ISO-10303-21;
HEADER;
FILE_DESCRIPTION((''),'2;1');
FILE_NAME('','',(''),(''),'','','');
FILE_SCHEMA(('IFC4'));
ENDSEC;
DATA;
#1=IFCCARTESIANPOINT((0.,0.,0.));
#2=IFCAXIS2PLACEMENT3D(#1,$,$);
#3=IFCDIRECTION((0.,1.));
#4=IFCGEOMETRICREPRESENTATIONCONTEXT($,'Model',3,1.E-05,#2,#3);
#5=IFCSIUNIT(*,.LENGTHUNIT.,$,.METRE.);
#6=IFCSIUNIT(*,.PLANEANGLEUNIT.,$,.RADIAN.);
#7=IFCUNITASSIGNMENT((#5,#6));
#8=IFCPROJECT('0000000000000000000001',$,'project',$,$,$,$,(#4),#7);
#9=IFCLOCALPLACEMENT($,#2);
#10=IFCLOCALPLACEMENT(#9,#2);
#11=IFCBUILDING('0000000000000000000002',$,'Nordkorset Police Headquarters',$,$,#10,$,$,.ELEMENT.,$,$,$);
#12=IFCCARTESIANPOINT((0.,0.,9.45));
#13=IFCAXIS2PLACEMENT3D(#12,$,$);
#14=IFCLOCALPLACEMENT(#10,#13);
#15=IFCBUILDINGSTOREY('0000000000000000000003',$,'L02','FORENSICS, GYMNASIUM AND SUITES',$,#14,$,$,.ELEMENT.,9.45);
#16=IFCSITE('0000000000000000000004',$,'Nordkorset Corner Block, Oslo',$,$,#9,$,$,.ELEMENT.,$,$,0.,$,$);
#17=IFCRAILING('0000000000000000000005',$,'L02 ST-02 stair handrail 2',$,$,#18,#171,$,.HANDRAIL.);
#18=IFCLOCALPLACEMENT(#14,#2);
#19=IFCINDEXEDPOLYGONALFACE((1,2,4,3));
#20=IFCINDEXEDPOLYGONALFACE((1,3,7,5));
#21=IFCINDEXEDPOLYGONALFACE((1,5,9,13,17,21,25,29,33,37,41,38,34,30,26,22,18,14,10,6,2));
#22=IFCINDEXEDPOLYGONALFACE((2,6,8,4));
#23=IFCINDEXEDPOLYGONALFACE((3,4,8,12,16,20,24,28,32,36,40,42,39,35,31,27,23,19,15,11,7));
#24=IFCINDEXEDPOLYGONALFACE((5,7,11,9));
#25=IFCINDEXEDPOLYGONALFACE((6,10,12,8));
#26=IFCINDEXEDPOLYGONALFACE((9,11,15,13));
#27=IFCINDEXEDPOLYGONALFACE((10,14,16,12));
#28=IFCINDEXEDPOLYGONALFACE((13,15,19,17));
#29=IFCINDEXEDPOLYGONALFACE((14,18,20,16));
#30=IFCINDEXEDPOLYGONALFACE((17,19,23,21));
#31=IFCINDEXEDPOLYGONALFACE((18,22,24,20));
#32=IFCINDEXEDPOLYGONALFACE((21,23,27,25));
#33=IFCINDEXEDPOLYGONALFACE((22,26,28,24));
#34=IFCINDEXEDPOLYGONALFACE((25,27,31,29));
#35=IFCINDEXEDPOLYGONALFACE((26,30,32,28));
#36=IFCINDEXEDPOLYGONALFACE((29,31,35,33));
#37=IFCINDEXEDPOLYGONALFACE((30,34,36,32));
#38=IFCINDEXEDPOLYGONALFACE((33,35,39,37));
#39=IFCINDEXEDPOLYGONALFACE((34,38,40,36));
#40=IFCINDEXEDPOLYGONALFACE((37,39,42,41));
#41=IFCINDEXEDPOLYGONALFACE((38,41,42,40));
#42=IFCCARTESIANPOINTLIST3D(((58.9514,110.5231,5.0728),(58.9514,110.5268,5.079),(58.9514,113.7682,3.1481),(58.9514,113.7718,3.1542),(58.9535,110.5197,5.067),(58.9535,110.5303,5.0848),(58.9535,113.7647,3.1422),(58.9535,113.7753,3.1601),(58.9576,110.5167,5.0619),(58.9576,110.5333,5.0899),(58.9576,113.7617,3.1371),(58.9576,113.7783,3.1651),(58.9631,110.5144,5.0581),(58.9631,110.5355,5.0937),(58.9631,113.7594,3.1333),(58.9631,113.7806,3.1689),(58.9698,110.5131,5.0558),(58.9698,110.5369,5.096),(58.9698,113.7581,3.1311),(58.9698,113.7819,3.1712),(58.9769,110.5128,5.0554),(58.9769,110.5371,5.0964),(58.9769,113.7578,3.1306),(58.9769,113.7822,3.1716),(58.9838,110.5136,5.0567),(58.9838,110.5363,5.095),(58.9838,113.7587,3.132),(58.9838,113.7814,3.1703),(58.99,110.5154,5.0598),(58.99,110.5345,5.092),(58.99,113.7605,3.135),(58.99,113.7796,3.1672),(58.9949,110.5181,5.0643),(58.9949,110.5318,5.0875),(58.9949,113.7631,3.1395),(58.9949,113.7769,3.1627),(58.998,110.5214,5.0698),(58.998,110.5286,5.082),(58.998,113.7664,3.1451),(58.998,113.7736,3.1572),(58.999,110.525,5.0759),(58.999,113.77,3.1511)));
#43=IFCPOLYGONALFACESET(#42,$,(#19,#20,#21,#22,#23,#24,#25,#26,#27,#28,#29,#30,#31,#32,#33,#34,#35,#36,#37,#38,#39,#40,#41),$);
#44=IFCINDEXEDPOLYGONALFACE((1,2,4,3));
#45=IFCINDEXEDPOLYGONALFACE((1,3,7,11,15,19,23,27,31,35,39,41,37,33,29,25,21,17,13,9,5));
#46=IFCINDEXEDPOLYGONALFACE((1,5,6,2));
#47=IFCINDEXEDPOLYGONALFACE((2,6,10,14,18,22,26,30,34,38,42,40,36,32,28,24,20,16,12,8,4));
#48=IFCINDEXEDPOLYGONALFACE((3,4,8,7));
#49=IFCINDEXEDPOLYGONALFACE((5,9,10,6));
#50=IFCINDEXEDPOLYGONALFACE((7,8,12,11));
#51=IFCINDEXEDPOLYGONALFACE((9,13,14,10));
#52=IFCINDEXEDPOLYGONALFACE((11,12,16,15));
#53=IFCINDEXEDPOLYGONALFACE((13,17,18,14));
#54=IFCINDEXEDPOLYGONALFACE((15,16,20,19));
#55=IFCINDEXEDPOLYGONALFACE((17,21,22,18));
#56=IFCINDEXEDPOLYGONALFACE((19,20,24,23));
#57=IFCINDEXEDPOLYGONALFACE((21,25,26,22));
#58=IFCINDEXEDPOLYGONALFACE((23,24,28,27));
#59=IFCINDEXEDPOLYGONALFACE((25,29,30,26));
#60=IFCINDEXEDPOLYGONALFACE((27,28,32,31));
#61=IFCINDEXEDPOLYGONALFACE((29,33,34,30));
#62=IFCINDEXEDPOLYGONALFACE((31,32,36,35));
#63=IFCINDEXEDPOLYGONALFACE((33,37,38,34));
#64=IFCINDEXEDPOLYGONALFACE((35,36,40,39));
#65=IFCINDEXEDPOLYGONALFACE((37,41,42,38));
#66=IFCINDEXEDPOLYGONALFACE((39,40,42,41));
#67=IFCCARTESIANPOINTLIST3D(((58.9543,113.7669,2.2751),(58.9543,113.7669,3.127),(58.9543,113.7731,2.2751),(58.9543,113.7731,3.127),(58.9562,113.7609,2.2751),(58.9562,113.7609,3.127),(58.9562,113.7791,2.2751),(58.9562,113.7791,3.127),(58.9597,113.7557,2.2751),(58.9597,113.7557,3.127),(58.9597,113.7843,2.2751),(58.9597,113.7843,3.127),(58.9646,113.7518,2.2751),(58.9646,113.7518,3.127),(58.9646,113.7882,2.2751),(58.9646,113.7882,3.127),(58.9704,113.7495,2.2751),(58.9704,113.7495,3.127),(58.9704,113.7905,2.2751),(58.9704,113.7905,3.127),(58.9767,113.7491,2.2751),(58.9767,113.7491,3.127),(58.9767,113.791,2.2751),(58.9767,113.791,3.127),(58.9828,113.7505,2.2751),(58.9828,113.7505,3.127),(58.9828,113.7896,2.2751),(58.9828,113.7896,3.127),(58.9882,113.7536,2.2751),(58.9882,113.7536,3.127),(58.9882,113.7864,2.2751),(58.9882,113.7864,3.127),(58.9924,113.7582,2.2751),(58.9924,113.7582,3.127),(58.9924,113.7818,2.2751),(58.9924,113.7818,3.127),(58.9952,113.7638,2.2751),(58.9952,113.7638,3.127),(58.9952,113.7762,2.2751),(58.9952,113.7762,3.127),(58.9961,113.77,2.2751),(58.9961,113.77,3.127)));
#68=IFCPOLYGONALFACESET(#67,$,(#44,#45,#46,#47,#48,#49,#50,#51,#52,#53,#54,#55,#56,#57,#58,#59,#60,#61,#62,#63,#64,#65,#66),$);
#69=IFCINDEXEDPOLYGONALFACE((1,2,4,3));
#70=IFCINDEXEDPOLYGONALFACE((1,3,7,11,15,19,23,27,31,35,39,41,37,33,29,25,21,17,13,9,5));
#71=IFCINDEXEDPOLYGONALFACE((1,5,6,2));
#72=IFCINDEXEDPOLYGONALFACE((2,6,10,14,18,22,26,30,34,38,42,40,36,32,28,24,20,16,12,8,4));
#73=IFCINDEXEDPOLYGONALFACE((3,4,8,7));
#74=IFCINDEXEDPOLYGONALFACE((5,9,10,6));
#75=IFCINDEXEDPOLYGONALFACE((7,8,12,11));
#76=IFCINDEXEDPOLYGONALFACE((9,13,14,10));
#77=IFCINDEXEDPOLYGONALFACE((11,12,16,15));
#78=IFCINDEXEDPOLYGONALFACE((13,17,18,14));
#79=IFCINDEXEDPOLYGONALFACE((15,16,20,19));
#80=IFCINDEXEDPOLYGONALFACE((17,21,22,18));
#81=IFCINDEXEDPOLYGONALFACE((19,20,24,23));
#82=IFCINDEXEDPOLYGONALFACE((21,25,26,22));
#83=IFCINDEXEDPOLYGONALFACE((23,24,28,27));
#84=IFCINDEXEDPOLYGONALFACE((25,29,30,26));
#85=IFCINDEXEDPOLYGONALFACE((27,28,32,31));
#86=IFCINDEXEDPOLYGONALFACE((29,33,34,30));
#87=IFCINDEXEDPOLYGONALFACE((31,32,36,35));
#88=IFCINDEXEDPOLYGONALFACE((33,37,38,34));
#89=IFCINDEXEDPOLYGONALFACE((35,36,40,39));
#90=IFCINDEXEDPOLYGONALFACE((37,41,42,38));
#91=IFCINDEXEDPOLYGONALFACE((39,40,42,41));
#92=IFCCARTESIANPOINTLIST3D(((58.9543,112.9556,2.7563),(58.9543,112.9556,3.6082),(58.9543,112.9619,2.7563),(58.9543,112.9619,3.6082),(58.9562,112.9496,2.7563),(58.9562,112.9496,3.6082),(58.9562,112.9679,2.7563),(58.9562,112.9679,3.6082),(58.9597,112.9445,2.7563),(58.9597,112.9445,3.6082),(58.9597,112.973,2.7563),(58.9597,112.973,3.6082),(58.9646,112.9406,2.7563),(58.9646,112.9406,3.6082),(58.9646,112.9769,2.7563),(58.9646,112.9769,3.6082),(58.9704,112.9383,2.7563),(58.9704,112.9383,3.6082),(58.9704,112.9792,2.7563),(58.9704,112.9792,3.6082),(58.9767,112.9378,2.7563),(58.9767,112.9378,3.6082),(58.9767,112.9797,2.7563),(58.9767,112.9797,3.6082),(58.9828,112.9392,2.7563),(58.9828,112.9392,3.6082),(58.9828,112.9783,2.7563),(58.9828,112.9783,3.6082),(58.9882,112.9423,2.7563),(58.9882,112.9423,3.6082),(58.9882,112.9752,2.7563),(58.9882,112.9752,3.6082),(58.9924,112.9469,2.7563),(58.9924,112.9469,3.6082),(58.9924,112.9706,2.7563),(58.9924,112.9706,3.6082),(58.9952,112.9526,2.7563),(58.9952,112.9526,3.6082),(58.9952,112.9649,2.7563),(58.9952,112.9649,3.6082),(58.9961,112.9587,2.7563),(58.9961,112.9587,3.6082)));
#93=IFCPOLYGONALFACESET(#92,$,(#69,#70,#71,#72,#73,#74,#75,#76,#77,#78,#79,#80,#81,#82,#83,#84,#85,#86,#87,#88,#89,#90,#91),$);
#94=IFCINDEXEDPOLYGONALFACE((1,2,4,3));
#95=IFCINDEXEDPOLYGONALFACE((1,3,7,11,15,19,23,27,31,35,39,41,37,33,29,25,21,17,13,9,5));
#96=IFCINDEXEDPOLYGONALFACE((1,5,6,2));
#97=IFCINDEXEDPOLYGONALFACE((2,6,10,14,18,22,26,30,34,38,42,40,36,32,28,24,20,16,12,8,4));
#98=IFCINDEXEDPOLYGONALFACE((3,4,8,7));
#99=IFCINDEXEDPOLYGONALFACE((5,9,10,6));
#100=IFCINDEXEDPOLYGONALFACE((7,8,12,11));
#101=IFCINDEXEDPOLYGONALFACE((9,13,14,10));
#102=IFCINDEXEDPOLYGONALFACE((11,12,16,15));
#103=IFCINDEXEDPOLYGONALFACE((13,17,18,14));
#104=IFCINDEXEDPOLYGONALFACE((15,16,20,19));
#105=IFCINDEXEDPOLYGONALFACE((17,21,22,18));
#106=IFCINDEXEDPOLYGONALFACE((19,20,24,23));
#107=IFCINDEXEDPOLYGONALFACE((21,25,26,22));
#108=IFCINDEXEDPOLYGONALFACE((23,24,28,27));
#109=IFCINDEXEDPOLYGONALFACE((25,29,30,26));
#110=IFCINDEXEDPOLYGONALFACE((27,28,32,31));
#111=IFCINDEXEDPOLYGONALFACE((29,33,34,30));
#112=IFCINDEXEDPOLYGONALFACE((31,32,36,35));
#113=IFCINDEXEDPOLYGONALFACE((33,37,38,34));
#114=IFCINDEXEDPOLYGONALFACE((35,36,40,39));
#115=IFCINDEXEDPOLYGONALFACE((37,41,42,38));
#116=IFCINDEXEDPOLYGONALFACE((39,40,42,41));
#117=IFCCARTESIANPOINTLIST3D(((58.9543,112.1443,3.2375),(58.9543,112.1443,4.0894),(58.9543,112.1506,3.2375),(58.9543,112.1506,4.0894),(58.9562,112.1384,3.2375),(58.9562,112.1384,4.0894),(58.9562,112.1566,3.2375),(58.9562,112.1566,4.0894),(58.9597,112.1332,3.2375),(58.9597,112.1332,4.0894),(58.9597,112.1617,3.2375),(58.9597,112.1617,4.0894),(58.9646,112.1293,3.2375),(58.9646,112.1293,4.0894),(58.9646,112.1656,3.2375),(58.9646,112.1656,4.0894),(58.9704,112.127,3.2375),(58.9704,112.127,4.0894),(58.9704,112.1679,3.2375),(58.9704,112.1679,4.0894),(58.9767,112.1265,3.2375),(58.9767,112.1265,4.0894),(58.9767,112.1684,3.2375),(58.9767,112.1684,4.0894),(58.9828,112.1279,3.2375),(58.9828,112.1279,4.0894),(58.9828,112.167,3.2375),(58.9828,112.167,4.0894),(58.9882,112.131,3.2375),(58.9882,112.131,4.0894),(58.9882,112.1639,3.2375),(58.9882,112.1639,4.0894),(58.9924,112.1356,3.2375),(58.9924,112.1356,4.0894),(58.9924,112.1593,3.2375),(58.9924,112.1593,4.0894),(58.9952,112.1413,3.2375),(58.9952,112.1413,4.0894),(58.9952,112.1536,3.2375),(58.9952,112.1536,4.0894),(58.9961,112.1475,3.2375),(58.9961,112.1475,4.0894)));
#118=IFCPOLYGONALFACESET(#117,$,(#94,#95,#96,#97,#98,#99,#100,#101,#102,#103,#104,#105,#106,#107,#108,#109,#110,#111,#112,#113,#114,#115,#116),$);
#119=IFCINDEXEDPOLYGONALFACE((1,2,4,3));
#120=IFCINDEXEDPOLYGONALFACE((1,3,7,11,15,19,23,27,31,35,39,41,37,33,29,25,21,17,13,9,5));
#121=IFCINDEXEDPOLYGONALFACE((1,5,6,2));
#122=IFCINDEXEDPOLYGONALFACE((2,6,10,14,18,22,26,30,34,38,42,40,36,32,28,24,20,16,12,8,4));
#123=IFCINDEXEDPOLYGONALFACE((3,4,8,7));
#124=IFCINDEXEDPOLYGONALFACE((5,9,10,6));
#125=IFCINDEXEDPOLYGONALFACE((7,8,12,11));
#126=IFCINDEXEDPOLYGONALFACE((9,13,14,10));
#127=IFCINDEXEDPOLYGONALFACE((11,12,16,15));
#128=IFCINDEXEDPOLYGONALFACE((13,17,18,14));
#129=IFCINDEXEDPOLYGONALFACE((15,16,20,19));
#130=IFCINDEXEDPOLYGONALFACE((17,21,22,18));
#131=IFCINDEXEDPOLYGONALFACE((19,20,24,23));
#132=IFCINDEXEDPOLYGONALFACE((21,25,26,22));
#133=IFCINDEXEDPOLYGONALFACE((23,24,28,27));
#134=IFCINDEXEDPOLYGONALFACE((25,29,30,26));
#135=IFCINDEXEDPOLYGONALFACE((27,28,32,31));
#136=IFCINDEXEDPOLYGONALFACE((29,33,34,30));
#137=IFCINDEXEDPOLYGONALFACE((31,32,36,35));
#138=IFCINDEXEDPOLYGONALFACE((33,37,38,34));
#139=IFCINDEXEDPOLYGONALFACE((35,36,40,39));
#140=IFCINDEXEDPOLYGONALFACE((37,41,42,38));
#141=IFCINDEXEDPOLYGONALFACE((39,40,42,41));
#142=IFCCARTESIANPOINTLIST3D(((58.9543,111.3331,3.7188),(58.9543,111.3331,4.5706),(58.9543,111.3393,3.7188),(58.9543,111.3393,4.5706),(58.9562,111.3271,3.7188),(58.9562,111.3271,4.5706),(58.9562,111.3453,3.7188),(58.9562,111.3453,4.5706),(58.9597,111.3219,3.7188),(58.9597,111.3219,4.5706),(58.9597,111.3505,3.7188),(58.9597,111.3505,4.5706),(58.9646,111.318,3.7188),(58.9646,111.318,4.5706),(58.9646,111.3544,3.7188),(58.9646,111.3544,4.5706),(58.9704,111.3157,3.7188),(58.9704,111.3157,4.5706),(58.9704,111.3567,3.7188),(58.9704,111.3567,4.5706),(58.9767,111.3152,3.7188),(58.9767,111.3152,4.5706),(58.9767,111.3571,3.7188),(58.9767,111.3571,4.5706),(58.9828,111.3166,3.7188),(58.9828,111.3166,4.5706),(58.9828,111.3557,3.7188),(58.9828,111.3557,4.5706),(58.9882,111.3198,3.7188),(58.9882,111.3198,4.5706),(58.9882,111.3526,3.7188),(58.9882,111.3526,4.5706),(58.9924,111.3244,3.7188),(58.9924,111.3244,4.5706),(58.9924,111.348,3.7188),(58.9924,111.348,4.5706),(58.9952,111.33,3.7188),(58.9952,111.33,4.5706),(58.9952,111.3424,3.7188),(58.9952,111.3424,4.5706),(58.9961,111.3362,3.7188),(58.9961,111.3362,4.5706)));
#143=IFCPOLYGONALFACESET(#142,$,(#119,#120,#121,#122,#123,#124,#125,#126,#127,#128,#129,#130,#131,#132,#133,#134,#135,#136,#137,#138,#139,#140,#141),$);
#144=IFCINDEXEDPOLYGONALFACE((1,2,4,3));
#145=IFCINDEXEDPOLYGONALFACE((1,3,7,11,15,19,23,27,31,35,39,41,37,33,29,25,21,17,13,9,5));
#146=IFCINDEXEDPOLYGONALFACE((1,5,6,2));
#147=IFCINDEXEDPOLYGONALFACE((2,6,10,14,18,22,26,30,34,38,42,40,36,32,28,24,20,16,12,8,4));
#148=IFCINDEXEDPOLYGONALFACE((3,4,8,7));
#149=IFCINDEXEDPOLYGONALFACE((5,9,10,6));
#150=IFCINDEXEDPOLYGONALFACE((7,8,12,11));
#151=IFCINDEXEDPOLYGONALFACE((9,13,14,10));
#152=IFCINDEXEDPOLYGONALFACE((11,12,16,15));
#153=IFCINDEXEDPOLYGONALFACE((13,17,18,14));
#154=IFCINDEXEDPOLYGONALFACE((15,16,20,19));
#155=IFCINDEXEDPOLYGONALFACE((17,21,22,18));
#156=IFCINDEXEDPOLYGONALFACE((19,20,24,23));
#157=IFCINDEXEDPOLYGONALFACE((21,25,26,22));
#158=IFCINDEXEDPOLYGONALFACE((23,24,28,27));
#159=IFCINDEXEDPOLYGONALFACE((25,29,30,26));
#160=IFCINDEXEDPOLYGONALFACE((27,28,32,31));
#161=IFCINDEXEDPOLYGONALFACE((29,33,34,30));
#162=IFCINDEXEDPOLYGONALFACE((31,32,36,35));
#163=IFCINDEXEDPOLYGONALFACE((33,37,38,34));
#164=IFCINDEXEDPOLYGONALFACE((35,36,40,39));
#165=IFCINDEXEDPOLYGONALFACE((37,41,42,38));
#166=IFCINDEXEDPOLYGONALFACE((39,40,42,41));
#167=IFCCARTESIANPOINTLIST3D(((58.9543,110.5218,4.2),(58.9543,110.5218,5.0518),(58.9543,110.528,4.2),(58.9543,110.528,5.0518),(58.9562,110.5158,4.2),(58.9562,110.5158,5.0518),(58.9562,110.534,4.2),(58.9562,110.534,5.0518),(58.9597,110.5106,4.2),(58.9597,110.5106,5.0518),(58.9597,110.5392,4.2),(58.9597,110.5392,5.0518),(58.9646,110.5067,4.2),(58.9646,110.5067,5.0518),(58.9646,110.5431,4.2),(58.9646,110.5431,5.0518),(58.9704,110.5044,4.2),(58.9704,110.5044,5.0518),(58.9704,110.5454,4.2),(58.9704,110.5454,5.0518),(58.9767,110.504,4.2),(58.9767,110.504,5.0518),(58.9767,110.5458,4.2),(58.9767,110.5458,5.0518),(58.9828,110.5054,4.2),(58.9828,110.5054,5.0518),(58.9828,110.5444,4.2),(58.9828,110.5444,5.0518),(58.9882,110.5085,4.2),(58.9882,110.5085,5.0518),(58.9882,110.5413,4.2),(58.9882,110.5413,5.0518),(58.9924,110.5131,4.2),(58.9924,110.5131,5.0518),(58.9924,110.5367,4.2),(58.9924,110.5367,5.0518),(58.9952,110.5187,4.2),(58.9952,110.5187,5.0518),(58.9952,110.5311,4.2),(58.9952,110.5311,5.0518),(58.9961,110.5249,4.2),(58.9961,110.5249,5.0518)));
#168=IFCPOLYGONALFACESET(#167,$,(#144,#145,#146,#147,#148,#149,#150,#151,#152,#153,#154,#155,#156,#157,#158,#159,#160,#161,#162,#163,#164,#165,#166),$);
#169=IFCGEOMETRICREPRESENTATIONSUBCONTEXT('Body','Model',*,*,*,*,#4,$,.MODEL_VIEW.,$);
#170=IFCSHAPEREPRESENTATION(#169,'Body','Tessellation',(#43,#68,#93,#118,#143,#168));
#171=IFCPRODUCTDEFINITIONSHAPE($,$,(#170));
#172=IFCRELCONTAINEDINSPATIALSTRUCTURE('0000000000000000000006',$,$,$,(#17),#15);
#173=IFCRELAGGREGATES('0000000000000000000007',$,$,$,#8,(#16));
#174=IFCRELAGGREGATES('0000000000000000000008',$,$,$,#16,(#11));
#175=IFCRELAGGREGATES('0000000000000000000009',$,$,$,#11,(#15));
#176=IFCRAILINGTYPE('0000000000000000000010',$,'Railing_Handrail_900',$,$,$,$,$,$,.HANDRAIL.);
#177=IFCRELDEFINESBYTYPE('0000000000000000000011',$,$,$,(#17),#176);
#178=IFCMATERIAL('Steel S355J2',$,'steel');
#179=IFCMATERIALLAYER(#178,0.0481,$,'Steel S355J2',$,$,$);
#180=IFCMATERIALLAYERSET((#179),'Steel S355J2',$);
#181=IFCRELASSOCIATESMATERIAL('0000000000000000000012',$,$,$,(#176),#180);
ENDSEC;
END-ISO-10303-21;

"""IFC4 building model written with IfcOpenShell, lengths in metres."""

from ifc_helpers import new_model, si_unit, direction, frame, origin, origin_2d, place, context, subcontext, project, spatial, circle, extrude, material, layer, layer_set, type_object, element, save


model = new_model("IFC4")

# Units and contexts
model_context = context("Model", 3, precision=1e-05, world=origin(), true_north=direction((0.0, 1.0)))
body_context = subcontext(model_context, "Body", "Model", "MODEL_VIEW")
ifc_project = project(units=[si_unit("LENGTHUNIT", "METRE"), si_unit("PLANEANGLEUNIT", "RADIAN")], contexts=[model_context])

# Site, building, storey
site_placement = place(None, origin())
site = spatial("IfcSite", under=ifc_project, at=site_placement, Name="Nordkorset Corner Block, Oslo", CompositionType="ELEMENT", RefElevation=0.0)
building_placement = place(site_placement, origin())
building = spatial("IfcBuilding", under=site, at=building_placement, Name="Nordkorset Police Headquarters", CompositionType="ELEMENT")
storey_placement = place(building_placement, frame((0.0, 0.0, 9.45)))
storey = spatial("IfcBuildingStorey", under=building, at=storey_placement, Name="L02", Description="FORENSICS, GYMNASIUM AND SUITES", CompositionType="ELEMENT", Elevation=9.45)

# Railing
ifc_material_1 = material(Name="Steel S355J2", Category="steel")
ifc_layer_1 = layer(ifc_material_1, 0.0481, Name="Steel S355J2")
ifc_layer_set_1 = layer_set([ifc_layer_1], Name="Steel S355J2")
railing_type_1 = type_object("IfcRailingType", Name="Railing_Handrail_900", PredefinedType="HANDRAIL", material=ifc_layer_set_1)
railing_1_placement = place(storey_placement, frame((58.9751, 113.77, 2.2751)))
element("IfcRailing", 1, at=railing_1_placement, inside=storey, type_object=railing_type_1, Name="L02 ST-02 stair handrail 2", PredefinedType="HANDRAIL", context=body_context, shape_type="SweptSolid", body=[
    extrude(circle(Radius=0.0239, at=origin_2d()), frame((0.0, 0.0, 0.876), z_axis=(0.0, -0.860085, 0.51015), x_axis=(1.0, 0.0, 0.0)), (0.0, 0.0, 1.0), 3.7729),
    extrude(circle(Radius=0.021, at=origin_2d()), origin(), (0.0, 0.0, 1.0), 0.8518),
    extrude(circle(Radius=0.021, at=origin_2d()), frame((0.0, -0.8113, 0.4812)), (0.0, 0.0, 1.0), 0.8518),
    extrude(circle(Radius=0.021, at=origin_2d()), frame((0.0, -1.6226, 0.9624)), (0.0, 0.0, 1.0), 0.8518),
    extrude(circle(Radius=0.021, at=origin_2d()), frame((0.0, -2.4338, 1.4436)), (0.0, 0.0, 1.0), 0.8518),
    extrude(circle(Radius=0.021, at=origin_2d()), frame((0.0, -3.2451, 1.9248)), (0.0, 0.0, 1.0), 0.8518),
])

save(model, "model.ifc")
